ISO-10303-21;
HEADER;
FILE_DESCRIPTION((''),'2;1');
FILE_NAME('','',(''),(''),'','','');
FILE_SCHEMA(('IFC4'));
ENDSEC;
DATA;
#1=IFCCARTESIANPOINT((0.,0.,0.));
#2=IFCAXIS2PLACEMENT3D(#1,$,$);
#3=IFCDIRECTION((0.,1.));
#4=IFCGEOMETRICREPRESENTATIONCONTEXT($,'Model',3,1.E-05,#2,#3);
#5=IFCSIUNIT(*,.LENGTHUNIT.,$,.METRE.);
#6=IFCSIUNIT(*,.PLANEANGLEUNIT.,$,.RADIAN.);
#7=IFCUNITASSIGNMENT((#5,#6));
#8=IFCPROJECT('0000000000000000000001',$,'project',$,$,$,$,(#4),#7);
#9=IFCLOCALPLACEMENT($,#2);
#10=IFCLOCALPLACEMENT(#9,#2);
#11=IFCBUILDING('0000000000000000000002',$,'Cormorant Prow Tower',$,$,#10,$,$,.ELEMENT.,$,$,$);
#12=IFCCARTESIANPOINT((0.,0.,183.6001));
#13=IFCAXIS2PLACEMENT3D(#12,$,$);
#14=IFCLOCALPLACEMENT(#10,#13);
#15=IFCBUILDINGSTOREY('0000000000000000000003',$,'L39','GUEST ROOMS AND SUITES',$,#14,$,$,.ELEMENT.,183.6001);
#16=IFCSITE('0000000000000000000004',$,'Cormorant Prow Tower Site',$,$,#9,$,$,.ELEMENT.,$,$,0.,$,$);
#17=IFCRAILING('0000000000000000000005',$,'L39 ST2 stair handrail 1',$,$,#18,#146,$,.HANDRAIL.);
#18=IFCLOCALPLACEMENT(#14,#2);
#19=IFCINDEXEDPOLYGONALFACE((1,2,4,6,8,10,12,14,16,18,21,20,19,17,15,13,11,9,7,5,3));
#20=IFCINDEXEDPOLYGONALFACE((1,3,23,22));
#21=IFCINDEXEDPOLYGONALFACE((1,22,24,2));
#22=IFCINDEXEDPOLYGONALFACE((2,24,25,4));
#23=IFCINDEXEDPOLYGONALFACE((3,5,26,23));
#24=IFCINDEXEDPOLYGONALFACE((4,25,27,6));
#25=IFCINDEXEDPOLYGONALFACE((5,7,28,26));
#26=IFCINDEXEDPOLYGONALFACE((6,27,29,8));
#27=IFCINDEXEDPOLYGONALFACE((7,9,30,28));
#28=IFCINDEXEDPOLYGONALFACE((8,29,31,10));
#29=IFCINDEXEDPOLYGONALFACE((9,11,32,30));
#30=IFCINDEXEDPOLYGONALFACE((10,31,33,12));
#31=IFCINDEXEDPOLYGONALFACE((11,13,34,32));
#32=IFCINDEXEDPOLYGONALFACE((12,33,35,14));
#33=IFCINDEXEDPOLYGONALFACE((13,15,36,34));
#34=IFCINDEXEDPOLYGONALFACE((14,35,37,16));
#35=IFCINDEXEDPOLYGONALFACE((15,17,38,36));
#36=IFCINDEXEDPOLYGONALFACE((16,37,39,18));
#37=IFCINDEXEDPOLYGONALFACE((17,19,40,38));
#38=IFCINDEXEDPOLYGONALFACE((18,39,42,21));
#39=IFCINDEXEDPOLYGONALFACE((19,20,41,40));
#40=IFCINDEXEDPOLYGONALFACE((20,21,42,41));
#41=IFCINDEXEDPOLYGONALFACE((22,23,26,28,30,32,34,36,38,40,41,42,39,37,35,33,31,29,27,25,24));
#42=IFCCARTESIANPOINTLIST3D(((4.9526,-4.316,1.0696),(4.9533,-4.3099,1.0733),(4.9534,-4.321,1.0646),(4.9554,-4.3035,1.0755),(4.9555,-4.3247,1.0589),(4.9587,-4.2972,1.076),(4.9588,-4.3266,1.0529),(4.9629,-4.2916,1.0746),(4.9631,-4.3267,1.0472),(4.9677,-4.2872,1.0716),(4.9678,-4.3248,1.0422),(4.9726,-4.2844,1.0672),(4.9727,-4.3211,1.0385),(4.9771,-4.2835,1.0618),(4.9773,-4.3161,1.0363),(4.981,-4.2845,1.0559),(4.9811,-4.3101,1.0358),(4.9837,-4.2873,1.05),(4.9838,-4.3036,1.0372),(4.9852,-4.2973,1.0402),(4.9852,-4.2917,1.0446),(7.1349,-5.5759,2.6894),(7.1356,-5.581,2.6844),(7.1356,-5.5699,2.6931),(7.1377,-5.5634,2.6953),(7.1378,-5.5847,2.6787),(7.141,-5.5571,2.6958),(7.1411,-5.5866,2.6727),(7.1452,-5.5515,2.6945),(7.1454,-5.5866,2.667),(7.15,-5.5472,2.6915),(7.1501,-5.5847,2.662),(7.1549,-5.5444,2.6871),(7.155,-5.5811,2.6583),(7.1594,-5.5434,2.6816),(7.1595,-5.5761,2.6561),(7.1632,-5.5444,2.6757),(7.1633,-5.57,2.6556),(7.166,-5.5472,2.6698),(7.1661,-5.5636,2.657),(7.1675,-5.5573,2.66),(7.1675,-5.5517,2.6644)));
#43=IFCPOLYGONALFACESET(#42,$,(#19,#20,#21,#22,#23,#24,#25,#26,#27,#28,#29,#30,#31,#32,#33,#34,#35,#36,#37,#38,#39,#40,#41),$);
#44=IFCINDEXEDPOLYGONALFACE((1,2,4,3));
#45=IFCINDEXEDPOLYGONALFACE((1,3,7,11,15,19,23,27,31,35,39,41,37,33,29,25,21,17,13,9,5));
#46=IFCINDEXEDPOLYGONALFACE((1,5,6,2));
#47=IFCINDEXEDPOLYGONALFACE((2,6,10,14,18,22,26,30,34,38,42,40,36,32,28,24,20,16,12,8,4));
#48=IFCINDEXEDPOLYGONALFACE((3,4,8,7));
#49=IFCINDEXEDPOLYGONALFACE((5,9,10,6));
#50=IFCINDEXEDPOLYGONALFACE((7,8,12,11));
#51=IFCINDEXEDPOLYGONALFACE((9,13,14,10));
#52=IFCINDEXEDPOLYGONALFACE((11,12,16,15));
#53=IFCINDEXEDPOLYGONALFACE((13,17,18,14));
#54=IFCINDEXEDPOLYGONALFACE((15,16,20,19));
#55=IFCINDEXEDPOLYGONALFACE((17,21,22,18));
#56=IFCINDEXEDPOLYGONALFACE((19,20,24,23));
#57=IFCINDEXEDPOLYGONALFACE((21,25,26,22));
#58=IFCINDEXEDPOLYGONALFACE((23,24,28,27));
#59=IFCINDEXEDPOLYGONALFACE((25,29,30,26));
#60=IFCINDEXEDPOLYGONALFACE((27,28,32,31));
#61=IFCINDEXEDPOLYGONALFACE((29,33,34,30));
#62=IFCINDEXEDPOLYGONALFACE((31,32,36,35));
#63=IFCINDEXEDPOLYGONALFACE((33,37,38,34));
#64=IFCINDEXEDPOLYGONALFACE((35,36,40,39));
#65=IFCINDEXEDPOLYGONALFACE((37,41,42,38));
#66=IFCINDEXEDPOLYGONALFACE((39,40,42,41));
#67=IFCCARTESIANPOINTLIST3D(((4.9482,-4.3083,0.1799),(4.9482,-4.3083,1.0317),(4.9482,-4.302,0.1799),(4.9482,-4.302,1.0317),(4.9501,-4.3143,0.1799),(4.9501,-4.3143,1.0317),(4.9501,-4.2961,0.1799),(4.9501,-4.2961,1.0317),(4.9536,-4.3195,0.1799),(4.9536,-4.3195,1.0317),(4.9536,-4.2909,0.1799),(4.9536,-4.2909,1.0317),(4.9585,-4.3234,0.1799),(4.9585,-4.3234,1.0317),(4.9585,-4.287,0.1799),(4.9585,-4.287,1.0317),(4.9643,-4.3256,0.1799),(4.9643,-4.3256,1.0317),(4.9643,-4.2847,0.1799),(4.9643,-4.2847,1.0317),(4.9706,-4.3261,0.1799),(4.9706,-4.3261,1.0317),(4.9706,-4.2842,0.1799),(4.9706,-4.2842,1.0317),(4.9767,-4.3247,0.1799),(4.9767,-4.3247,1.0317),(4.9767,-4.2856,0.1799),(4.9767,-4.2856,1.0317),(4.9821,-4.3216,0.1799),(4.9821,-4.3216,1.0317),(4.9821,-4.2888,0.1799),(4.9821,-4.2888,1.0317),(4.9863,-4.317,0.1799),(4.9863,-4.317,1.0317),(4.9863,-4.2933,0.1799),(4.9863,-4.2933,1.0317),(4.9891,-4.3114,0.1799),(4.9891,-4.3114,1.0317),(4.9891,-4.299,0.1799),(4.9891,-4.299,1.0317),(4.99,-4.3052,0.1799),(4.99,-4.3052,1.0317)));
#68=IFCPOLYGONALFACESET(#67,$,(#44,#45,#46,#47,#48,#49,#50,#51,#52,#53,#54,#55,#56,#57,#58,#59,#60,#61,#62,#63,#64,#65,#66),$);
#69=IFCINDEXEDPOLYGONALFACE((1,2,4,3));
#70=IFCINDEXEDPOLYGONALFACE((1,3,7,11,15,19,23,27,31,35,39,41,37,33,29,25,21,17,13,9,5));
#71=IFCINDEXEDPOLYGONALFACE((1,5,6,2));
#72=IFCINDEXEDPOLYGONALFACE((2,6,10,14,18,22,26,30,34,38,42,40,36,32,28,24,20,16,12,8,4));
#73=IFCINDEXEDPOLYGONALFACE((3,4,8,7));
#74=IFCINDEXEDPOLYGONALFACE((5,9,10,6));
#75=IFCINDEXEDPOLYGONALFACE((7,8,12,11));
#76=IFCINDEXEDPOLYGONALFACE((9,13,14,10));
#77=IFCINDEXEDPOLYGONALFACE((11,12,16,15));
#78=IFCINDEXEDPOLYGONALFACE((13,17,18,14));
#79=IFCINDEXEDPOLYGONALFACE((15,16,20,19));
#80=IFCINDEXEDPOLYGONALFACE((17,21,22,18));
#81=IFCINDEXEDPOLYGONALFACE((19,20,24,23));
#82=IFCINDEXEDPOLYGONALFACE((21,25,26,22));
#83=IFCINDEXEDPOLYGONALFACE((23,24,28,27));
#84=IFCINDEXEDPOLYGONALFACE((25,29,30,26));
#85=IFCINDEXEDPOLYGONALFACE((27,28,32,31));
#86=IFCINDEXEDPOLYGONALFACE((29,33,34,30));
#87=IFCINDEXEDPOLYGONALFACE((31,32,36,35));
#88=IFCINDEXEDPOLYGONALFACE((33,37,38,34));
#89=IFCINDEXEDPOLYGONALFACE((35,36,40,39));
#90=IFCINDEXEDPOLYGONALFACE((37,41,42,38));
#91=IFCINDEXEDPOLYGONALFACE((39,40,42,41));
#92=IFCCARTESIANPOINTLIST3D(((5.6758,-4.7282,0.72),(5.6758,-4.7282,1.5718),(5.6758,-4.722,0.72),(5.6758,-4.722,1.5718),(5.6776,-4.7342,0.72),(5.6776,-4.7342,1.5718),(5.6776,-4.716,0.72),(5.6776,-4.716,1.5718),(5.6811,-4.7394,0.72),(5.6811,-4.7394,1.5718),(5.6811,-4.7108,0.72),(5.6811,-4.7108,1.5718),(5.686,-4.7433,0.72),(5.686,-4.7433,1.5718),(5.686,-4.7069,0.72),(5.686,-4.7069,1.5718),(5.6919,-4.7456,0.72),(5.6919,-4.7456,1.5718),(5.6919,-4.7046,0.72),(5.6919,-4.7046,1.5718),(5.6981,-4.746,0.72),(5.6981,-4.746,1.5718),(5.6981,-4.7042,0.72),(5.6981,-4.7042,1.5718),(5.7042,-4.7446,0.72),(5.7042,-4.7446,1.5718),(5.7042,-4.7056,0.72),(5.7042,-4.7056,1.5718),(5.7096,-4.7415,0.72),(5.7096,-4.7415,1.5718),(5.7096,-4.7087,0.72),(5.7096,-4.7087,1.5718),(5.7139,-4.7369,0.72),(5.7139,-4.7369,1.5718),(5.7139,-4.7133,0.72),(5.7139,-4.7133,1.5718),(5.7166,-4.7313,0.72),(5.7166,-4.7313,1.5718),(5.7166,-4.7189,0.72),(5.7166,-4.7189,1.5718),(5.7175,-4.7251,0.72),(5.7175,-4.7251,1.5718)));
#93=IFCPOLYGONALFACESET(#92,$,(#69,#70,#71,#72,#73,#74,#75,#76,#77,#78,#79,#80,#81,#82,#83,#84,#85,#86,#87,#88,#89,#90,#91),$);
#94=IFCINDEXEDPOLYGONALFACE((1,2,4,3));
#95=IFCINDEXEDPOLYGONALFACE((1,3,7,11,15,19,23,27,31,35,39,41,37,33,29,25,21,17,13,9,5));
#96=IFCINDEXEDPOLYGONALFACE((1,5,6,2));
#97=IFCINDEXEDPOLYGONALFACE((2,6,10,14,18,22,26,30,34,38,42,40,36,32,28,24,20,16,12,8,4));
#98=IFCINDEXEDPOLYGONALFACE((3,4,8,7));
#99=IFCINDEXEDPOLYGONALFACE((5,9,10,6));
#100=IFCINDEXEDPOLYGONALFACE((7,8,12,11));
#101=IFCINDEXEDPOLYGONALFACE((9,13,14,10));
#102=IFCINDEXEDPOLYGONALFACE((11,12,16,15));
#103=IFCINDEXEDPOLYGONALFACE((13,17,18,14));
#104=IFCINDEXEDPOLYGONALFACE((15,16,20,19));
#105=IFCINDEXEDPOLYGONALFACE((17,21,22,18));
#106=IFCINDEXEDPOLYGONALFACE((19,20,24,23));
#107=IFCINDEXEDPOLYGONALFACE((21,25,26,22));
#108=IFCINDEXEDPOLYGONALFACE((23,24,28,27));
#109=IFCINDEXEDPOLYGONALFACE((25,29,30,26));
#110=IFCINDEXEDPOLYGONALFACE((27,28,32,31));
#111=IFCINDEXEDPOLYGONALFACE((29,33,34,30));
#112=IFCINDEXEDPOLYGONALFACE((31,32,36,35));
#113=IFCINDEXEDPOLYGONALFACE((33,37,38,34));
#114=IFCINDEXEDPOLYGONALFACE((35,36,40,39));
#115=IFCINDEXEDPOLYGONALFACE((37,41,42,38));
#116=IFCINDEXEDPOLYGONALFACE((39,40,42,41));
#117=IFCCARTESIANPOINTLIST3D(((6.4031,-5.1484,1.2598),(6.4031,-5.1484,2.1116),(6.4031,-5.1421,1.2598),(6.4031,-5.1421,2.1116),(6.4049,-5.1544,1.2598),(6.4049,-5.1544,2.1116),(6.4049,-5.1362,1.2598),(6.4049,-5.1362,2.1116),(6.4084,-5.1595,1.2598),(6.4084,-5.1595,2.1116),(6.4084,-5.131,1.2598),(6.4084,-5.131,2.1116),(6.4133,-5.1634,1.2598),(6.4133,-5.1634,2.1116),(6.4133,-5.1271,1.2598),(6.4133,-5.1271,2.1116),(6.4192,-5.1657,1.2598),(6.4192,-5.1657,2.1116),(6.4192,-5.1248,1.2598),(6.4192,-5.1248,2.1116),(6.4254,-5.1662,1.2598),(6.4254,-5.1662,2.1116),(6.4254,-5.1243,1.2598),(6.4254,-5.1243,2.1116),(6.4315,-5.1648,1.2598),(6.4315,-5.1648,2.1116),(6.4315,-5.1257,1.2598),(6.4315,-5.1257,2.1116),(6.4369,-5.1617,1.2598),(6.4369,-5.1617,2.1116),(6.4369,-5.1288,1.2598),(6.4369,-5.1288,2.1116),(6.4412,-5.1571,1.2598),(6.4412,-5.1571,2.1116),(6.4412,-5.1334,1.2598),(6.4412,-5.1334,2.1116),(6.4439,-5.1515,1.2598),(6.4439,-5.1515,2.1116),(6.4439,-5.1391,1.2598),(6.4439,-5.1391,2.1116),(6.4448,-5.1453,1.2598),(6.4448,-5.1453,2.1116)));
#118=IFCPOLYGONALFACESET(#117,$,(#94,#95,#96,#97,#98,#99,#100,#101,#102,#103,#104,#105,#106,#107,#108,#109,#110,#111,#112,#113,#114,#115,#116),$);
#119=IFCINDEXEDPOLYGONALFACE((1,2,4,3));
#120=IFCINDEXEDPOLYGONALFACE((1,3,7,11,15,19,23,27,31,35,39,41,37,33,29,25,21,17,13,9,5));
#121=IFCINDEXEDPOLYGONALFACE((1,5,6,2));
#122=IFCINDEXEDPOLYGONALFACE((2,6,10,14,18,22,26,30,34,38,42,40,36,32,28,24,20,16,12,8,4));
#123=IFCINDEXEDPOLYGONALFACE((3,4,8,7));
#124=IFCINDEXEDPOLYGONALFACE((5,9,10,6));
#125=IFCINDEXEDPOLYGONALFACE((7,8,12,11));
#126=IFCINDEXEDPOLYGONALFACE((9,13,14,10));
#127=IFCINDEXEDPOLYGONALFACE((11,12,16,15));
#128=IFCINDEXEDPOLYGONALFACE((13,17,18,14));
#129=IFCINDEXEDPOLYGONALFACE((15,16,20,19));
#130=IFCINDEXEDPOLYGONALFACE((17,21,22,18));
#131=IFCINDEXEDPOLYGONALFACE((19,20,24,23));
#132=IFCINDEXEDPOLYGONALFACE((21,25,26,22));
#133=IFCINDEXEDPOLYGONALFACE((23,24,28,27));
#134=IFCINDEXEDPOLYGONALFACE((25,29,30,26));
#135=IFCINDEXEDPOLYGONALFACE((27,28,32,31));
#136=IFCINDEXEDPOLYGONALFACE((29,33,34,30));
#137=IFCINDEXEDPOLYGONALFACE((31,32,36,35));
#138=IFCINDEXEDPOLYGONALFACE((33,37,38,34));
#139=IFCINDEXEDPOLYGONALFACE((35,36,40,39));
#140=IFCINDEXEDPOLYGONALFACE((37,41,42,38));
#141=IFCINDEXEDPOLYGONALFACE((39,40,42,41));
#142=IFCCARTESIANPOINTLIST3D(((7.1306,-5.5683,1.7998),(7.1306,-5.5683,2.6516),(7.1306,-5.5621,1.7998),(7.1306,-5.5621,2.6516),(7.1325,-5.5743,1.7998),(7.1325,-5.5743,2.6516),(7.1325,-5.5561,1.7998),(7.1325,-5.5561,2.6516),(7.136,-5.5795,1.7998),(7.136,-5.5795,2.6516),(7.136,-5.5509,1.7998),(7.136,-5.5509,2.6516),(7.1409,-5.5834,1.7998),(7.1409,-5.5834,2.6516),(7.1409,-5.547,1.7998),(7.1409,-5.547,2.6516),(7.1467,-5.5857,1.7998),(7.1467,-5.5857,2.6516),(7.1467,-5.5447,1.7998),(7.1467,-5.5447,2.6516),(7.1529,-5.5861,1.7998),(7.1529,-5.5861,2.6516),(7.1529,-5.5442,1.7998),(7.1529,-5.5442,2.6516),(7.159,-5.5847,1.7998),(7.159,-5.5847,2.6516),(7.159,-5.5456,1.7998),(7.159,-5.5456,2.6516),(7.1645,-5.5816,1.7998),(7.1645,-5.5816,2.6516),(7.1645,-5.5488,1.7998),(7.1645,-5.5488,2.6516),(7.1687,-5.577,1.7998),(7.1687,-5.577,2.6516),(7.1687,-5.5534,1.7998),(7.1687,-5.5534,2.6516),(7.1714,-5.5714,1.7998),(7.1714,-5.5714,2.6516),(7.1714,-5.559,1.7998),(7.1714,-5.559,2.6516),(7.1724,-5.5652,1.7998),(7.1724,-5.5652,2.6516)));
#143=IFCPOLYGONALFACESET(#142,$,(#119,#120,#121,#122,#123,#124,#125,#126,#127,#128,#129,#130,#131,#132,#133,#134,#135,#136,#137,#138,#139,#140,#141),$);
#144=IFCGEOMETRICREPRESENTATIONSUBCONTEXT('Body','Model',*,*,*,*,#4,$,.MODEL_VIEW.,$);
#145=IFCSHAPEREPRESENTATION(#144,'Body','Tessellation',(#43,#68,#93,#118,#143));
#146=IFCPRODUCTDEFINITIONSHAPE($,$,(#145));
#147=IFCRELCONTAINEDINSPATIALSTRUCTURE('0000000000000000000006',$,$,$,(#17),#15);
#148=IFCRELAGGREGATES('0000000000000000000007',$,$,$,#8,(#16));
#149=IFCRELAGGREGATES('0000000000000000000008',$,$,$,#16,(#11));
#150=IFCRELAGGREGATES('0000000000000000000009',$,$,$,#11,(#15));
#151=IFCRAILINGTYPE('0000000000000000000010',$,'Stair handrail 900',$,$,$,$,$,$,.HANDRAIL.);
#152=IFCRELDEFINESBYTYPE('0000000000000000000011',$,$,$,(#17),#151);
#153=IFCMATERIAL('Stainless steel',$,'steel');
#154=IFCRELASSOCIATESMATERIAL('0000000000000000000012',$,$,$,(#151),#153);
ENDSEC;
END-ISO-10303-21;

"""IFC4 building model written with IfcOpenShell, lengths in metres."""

from ifc_helpers import new_model, si_unit, direction, frame, origin, origin_2d, place, context, subcontext, project, spatial, circle, extrude, material, type_object, element, save


model = new_model("IFC4")

# Units and contexts
model_context = context("Model", 3, precision=1e-05, world=origin(), true_north=direction((0.0, 1.0)))
body_context = subcontext(model_context, "Body", "Model", "MODEL_VIEW")
ifc_project = project(units=[si_unit("LENGTHUNIT", "METRE"), si_unit("PLANEANGLEUNIT", "RADIAN")], contexts=[model_context])

# Site, building, storey
site_placement = place(None, origin())
site = spatial("IfcSite", under=ifc_project, at=site_placement, Name="Cormorant Prow Tower Site", CompositionType="ELEMENT", RefElevation=0.0)
building_placement = place(site_placement, origin())
building = spatial("IfcBuilding", under=site, at=building_placement, Name="Cormorant Prow Tower", CompositionType="ELEMENT")
storey_placement = place(building_placement, frame((0.0, 0.0, 183.6001)))
storey = spatial("IfcBuildingStorey", under=building, at=storey_placement, Name="L39", Description="GUEST ROOMS AND SUITES", CompositionType="ELEMENT", Elevation=183.6001)

# Railing
ifc_material_1 = material(Name="Stainless steel", Category="steel")
railing_type_1 = type_object("IfcRailingType", Name="Stair handrail 900", PredefinedType="HANDRAIL", material=ifc_material_1)
railing_1_placement = place(storey_placement, frame((4.969, -4.3052, 0.1799)))
element("IfcRailing", 1, at=railing_1_placement, inside=storey, type_object=railing_type_1, Name="L39 ST2 stair handrail 1", PredefinedType="HANDRAIL", context=body_context, shape_type="SweptSolid", body=[
    extrude(circle(Radius=0.0239, at=origin_2d()), frame((0.0, 0.0, 0.876), z_axis=(0.728496, -0.420603, 0.540728), x_axis=(0.500005, 0.866023, 0.0)), (0.0, 0.0, 1.0), 2.9956),
    extrude(circle(Radius=0.021, at=origin_2d()), origin(), (0.0, 0.0, 1.0), 0.8518),
    extrude(circle(Radius=0.021, at=origin_2d()), frame((0.7275, -0.4199, 0.54)), (0.0, 0.0, 1.0), 0.8518),
    extrude(circle(Radius=0.021, at=origin_2d()), frame((1.4548, -0.8401, 1.0798)), (0.0, 0.0, 1.0), 0.8518),
    extrude(circle(Radius=0.021, at=origin_2d()), frame((2.1824, -1.26, 1.6199)), (0.0, 0.0, 1.0), 0.8518),
])

save(model, "model.ifc")
